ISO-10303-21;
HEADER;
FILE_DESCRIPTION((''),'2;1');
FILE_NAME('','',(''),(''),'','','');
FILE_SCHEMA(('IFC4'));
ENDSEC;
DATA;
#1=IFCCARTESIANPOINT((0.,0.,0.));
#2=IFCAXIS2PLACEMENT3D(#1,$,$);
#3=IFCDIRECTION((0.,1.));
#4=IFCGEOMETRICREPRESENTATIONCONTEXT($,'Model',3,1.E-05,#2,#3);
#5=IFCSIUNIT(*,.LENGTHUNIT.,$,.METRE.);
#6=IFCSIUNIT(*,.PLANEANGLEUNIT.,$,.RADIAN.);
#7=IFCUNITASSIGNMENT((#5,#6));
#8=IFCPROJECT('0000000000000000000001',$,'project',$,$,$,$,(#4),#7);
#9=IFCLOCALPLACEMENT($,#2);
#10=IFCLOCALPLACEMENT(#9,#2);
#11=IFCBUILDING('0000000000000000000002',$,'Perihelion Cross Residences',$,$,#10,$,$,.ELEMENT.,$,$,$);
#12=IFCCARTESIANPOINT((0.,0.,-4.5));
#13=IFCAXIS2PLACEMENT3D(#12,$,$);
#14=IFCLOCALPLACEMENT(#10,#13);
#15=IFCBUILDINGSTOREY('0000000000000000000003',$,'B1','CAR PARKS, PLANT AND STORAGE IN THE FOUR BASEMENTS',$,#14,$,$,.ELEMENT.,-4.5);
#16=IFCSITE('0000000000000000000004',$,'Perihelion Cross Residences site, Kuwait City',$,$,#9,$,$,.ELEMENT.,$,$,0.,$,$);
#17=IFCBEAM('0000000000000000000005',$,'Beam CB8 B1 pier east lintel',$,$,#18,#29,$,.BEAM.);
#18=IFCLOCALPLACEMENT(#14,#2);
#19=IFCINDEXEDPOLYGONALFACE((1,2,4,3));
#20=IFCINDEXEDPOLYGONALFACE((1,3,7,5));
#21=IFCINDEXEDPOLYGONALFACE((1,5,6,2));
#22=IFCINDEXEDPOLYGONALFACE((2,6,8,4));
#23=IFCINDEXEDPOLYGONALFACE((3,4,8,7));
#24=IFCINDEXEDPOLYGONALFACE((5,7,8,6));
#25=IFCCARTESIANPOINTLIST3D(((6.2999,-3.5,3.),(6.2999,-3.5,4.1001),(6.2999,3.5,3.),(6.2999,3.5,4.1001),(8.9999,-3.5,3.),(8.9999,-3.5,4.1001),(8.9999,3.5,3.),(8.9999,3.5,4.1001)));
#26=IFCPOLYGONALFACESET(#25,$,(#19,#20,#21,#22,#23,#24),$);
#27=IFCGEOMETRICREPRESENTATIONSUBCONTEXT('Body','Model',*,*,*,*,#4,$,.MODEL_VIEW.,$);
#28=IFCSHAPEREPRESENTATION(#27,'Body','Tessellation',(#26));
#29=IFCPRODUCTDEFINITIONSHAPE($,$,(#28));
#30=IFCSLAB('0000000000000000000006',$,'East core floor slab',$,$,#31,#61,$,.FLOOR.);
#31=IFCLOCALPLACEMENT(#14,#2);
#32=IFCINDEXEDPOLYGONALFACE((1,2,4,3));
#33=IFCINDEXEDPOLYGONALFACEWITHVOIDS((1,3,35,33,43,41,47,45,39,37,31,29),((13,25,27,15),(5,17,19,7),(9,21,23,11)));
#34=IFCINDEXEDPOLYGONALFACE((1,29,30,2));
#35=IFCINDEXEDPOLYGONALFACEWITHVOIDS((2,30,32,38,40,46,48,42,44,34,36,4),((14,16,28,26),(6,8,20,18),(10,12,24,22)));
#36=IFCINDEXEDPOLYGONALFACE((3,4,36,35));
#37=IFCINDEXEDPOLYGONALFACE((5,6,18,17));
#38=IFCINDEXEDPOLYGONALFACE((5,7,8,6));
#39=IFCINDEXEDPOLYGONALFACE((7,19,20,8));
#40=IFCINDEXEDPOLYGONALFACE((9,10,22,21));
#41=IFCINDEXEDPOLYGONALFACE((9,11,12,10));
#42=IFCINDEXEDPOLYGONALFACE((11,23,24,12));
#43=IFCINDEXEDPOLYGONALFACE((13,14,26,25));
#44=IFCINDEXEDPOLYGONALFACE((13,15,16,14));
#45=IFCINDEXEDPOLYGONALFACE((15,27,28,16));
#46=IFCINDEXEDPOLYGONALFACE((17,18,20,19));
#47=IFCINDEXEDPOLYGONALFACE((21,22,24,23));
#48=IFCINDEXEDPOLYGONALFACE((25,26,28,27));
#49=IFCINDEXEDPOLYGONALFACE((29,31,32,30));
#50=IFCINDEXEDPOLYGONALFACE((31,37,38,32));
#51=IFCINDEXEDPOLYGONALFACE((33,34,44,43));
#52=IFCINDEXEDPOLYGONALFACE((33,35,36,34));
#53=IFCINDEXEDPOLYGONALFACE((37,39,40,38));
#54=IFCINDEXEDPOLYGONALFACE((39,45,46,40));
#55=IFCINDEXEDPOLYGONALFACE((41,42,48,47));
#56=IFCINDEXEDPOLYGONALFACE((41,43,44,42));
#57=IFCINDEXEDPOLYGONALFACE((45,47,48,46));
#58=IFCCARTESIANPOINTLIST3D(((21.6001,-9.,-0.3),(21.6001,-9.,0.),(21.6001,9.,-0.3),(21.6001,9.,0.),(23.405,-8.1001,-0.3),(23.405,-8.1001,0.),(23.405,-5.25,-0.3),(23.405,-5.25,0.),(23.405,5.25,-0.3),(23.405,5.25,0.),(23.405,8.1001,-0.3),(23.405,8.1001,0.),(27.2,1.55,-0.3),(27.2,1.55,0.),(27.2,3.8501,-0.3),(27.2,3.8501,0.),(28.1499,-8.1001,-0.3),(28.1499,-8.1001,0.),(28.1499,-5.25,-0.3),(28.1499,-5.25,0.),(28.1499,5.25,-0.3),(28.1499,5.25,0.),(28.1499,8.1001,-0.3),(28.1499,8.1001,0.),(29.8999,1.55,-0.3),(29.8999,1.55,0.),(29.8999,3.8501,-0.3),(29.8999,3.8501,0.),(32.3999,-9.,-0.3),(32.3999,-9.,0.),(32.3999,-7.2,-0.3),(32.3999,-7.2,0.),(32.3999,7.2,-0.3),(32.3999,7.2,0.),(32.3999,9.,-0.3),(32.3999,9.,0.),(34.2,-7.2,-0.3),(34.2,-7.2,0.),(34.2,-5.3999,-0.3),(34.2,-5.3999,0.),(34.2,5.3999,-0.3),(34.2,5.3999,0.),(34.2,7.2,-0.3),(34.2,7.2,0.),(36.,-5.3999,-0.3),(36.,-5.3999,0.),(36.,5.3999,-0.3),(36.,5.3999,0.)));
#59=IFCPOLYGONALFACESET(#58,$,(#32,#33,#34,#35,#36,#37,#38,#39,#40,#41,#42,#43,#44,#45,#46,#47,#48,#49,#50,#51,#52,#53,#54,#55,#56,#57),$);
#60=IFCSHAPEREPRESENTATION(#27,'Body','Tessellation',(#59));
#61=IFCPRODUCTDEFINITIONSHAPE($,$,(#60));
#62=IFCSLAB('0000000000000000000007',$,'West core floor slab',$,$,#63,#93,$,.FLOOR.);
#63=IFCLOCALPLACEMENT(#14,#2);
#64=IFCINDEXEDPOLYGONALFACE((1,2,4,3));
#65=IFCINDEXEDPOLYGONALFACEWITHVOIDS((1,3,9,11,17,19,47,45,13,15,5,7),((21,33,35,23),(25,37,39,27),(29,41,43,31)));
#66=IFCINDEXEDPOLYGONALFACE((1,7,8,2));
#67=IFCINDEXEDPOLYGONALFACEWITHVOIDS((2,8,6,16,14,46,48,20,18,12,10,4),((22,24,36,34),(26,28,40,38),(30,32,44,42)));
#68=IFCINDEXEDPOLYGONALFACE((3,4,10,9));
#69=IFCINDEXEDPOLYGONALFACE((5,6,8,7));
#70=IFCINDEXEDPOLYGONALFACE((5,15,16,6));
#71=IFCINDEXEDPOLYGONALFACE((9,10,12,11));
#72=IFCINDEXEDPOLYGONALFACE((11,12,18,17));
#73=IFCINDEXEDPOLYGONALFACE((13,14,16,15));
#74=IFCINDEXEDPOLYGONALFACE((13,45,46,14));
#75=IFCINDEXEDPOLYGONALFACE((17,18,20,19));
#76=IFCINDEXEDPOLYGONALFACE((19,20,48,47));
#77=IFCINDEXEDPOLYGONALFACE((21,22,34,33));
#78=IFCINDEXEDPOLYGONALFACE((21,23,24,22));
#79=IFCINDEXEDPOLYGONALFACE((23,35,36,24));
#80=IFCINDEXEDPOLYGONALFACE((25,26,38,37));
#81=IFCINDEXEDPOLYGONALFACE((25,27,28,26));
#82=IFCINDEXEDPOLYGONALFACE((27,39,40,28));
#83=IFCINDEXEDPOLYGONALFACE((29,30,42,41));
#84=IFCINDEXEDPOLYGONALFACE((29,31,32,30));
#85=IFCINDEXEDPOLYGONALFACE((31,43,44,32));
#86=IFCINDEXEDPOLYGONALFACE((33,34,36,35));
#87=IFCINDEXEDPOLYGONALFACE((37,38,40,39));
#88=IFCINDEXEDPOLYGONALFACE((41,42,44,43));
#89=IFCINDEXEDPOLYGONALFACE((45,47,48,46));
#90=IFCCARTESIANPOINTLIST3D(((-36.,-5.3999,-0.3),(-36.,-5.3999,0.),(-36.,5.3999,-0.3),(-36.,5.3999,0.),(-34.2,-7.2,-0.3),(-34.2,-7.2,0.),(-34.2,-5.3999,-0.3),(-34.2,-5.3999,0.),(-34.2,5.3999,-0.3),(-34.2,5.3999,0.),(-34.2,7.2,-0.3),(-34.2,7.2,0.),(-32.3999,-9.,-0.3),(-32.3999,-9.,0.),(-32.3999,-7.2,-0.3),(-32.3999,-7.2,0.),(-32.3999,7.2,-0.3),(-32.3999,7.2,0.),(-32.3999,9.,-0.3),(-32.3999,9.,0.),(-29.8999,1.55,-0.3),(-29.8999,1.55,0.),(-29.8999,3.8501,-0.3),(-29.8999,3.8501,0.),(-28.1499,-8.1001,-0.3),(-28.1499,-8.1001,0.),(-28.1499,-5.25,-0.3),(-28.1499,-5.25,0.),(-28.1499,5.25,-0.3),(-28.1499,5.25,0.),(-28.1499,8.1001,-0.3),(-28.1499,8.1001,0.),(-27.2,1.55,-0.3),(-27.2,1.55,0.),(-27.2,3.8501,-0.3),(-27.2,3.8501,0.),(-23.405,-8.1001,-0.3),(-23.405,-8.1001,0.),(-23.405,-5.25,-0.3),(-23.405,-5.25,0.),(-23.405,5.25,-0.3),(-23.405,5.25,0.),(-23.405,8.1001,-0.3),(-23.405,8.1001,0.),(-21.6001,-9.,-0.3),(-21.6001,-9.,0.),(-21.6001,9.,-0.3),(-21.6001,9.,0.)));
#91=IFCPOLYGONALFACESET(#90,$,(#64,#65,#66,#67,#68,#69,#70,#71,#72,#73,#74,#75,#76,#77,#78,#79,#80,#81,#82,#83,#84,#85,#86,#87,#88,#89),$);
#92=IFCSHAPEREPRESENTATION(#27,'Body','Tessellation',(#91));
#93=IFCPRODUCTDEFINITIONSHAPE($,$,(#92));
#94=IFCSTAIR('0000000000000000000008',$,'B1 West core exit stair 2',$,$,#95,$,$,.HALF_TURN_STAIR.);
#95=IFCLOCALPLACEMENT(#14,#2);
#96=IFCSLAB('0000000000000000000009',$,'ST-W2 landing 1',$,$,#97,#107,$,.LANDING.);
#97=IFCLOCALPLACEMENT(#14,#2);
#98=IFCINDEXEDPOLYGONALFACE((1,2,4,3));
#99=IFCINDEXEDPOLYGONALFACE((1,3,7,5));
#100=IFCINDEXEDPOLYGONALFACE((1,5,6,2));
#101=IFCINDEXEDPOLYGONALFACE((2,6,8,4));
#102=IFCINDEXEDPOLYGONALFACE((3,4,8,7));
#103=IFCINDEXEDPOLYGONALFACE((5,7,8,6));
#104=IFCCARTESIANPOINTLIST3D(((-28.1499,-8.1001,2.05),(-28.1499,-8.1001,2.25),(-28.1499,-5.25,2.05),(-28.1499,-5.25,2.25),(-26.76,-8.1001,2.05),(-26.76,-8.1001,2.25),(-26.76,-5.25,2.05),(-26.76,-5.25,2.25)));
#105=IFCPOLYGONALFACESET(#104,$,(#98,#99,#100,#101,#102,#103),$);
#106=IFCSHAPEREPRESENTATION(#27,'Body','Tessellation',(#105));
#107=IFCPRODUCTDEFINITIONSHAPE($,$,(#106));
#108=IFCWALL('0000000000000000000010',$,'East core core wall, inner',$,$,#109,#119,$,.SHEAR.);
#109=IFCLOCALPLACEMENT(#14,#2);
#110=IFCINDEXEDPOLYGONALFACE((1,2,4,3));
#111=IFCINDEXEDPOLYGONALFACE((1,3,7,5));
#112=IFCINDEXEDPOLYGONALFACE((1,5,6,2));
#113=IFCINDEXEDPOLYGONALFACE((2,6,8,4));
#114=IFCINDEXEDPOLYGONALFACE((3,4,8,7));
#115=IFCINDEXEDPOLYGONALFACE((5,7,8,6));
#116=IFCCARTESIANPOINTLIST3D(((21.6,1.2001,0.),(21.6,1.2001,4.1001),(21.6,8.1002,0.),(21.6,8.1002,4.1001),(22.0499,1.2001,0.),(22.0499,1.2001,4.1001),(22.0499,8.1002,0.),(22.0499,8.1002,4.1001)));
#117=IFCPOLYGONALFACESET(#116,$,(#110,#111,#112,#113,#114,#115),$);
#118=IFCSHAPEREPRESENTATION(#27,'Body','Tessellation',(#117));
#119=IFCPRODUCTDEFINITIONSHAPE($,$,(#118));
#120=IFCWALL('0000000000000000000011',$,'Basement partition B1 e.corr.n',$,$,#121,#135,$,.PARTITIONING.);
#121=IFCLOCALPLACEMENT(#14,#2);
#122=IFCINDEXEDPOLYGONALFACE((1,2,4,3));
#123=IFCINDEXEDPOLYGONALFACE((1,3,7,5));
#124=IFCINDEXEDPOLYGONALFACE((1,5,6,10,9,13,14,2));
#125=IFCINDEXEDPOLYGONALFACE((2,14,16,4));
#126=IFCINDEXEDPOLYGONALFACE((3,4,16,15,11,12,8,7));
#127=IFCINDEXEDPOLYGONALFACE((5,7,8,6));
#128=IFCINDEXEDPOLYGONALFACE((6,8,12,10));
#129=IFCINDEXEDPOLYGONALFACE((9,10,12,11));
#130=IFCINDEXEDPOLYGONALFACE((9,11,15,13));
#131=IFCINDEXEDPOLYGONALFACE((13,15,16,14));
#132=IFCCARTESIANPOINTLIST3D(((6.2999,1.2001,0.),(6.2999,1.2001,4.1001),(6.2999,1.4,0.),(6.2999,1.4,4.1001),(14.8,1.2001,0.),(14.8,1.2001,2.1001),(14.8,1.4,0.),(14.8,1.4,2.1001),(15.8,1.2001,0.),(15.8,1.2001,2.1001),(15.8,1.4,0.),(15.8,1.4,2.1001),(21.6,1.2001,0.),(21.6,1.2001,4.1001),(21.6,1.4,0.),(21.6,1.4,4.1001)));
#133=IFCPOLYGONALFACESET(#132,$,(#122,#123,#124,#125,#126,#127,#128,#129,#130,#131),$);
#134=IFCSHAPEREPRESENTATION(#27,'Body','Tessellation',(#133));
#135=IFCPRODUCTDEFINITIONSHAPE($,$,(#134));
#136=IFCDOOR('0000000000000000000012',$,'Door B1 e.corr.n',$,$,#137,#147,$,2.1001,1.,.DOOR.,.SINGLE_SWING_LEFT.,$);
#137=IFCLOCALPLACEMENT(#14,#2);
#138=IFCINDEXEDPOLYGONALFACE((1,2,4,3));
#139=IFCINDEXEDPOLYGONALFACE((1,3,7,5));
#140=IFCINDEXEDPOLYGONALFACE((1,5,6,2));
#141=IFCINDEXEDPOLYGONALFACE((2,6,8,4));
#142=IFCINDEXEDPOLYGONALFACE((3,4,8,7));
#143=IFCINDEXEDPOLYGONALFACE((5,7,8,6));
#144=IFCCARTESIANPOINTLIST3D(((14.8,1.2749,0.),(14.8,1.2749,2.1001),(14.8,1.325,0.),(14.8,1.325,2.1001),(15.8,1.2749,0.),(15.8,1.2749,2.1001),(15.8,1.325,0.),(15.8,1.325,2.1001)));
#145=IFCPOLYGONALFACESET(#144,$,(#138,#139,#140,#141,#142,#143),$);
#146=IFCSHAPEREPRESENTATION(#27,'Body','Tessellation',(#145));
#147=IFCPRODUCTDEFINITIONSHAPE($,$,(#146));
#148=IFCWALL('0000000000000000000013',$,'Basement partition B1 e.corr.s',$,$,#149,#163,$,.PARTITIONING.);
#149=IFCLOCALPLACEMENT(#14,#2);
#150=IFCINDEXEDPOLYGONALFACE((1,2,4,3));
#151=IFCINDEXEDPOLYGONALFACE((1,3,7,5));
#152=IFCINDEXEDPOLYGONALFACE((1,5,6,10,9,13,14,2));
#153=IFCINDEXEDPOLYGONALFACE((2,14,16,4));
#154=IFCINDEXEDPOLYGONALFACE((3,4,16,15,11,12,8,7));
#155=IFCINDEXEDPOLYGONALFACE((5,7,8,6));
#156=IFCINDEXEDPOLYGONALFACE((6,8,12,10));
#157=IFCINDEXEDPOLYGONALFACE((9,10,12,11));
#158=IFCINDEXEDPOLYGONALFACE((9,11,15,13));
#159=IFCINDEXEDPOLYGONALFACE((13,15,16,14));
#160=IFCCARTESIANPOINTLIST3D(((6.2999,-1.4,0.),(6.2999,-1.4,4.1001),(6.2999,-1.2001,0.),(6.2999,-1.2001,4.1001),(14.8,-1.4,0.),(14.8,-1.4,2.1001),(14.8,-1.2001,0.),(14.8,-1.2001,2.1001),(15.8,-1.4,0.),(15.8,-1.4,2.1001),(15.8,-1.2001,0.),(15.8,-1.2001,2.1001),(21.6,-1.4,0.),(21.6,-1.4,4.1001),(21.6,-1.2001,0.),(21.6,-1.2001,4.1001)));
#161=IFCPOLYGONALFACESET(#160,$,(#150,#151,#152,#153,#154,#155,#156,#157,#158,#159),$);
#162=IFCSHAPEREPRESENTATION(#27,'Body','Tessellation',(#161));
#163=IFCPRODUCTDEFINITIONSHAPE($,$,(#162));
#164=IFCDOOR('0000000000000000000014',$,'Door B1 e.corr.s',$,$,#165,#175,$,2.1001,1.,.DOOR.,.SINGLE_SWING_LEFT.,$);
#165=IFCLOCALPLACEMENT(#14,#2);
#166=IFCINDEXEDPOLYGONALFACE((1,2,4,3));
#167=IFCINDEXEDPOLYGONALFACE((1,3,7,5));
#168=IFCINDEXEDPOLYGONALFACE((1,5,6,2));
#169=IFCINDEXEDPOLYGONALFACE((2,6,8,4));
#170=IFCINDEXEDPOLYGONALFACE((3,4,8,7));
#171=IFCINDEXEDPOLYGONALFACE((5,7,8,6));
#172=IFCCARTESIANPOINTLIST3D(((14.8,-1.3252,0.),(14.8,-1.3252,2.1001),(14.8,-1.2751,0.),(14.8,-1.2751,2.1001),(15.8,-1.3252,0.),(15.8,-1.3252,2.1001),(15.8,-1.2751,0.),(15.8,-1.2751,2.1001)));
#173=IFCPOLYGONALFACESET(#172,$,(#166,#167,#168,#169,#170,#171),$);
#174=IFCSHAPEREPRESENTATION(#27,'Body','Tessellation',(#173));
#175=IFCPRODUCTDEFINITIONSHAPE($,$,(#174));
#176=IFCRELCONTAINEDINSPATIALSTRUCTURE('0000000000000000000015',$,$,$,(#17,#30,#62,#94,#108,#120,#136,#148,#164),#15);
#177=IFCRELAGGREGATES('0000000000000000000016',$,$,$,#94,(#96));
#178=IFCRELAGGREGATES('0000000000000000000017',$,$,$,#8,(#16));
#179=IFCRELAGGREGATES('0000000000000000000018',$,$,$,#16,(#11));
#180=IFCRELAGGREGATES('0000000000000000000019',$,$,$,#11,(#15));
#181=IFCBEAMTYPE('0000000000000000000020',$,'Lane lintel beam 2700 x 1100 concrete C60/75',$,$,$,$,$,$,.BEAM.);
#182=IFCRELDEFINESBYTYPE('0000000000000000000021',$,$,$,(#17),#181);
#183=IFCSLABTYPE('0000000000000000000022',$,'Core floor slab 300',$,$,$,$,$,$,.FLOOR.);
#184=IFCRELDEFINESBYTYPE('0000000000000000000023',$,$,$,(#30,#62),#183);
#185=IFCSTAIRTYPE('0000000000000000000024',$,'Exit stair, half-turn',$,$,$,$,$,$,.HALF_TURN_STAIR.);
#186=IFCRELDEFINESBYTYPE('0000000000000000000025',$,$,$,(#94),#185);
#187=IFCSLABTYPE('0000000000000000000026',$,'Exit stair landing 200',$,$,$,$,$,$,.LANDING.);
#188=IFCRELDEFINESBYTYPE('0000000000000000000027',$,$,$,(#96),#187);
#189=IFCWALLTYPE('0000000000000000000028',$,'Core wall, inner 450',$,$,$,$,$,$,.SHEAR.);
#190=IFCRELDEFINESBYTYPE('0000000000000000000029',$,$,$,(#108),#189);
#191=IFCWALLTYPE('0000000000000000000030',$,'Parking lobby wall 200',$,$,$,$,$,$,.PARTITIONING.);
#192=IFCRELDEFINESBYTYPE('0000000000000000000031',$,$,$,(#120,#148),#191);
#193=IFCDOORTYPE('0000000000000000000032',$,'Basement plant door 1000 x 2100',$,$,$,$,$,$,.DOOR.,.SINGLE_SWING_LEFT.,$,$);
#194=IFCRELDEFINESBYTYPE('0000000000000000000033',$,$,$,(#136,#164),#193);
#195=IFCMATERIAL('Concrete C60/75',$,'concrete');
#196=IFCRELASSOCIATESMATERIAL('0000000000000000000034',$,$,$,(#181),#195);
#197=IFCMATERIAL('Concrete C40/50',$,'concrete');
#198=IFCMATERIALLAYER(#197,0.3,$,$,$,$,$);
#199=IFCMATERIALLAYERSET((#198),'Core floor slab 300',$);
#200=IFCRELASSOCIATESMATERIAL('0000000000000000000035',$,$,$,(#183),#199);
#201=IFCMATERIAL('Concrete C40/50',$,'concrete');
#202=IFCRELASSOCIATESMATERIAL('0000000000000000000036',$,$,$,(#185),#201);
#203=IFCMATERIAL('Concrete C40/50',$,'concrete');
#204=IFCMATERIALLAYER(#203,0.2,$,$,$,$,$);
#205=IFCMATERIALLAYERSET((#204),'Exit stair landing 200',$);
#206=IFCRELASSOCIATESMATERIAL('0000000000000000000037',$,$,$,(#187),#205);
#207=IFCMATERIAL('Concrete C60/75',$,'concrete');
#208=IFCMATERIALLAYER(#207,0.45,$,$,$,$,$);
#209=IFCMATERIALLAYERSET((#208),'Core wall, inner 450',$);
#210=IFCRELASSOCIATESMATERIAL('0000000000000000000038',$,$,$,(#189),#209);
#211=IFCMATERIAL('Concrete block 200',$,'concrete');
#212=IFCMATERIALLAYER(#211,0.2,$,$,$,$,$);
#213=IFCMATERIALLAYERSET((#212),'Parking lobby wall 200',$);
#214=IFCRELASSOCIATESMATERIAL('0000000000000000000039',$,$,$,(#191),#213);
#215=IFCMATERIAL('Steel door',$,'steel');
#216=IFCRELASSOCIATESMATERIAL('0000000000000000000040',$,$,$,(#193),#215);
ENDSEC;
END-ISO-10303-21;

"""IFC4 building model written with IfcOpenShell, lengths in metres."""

from ifc_helpers import new_model, si_unit, direction, frame, frame_2d, origin, origin_2d, place, context, subcontext, project, spatial, polyline, rectangle, outline, extrude, material, layer, layer_set, material_profile, profile_set, type_object, element, fill, aggregate, save


model = new_model("IFC4")

# Units and contexts
model_context = context("Model", 3, precision=1e-05, world=origin(), true_north=direction((0.0, 1.0)))
body_context = subcontext(model_context, "Body", "Model", "MODEL_VIEW")
ifc_project = project(units=[si_unit("LENGTHUNIT", "METRE"), si_unit("PLANEANGLEUNIT", "RADIAN")], contexts=[model_context])

# Site, building, storey
site_placement = place(None, origin())
site = spatial("IfcSite", under=ifc_project, at=site_placement, Name="Perihelion Cross Residences site, Kuwait City", CompositionType="ELEMENT", RefElevation=0.0)
building_placement = place(site_placement, origin())
building = spatial("IfcBuilding", under=site, at=building_placement, Name="Perihelion Cross Residences", CompositionType="ELEMENT")
storey_placement = place(building_placement, frame((0.0, 0.0, -4.5)))
storey = spatial("IfcBuildingStorey", under=building, at=storey_placement, Name="B1", Description="CAR PARKS, PLANT AND STORAGE IN THE FOUR BASEMENTS", CompositionType="ELEMENT", Elevation=-4.5)

# Beam
ifc_material_1 = material(Name="Concrete C60/75", Category="concrete")
ifc_material_profile_1 = material_profile(ifc_material_1, rectangle(XDim=2.7, YDim=1.1001, at=origin_2d()), Name="Lane lintel beam 2700 x 1100 concrete C60/75")
ifc_profile_set_1 = profile_set([ifc_material_profile_1], Name="Concrete C60/75")
beam_type = type_object("IfcBeamType", Name="Lane lintel beam 2700 x 1100 concrete C60/75", PredefinedType="BEAM", material=ifc_profile_set_1)
beam_placement = place(storey_placement, frame((7.6499, -3.5, 3.55), z_axis=(0.0, 1.0, 0.0), x_axis=(-1.0, 0.0, 0.0)))
element("IfcBeam", 1, at=beam_placement, inside=storey, type_object=beam_type, Name="Beam CB8 B1 pier east lintel", PredefinedType="BEAM", context=body_context, shape_type="SweptSolid", body=[
    extrude(rectangle(XDim=2.7, YDim=1.1001, at=origin_2d()), origin(), (0.0, 0.0, 1.0), 7.0),
])

# Slabs
ifc_material_2 = material(Name="Concrete C40/50", Category="concrete")
ifc_layer_1 = layer(ifc_material_2, 0.3)
ifc_layer_set_1 = layer_set([ifc_layer_1], Name="Core floor slab 300")
slab_type_1 = type_object("IfcSlabType", Name="Core floor slab 300", PredefinedType="FLOOR", material=ifc_layer_set_1)
slab_1_placement = place(storey_placement, frame((0.0, 0.0, -0.3)))
element("IfcSlab", 2, at=slab_1_placement, inside=storey, type_object=slab_type_1, Name="East core floor slab", PredefinedType="FLOOR", context=body_context, shape_type="SweptSolid", body=[
    extrude(outline(polyline([(32.3999, 7.2), (34.2, 7.2), (34.2, 5.3999), (36.0, 5.3999), (36.0, -5.3999), (34.2, -5.3999), (34.2, -7.2), (32.3999, -7.2), (32.3999, -9.0), (21.6001, -9.0), (21.6001, 9.0), (32.3999, 9.0), (32.3999, 7.2)]), holes=[polyline([(28.1499, -5.25), (23.405, -5.25), (23.405, -8.1001), (28.1499, -8.1001), (28.1499, -5.25)]), polyline([(27.2, 1.55), (29.8999, 1.55), (29.8999, 3.8501), (27.2, 3.8501), (27.2, 1.55)]), polyline([(28.1499, 5.25), (28.1499, 8.1001), (23.405, 8.1001), (23.405, 5.25), (28.1499, 5.25)])]), origin(), (0.0, 0.0, 1.0), 0.3),
])
slab_2_placement = place(storey_placement, frame((0.0, 0.0, -0.3)))
element("IfcSlab", 3, at=slab_2_placement, inside=storey, type_object=slab_type_1, Name="West core floor slab", PredefinedType="FLOOR", context=body_context, shape_type="SweptSolid", body=[
    extrude(outline(polyline([(-32.3999, 7.2), (-34.2, 7.2), (-34.2, 5.3999), (-36.0, 5.3999), (-36.0, -5.3999), (-34.2, -5.3999), (-34.2, -7.2), (-32.3999, -7.2), (-32.3999, -9.0), (-21.6001, -9.0), (-21.6001, 9.0), (-32.3999, 9.0), (-32.3999, 7.2)]), holes=[polyline([(-28.1499, -5.25), (-23.405, -5.25), (-23.405, -8.1001), (-28.1499, -8.1001), (-28.1499, -5.25)]), polyline([(-27.2, 1.55), (-29.8999, 1.55), (-29.8999, 3.8501), (-27.2, 3.8501), (-27.2, 1.55)]), polyline([(-28.1499, 5.25), (-28.1499, 8.1001), (-23.405, 8.1001), (-23.405, 5.25), (-28.1499, 5.25)])]), origin(), (0.0, 0.0, 1.0), 0.3),
])

# Stair, slab
ifc_material_3 = material(Name="Concrete C40/50", Category="concrete")
stair_type = type_object("IfcStairType", Name="Exit stair, half-turn", PredefinedType="HALF_TURN_STAIR", material=ifc_material_3)
stair_placement = place(storey_placement, origin())
stair = element("IfcStair", 4, at=stair_placement, inside=storey, type_object=stair_type, Name="B1 West core exit stair 2", PredefinedType="HALF_TURN_STAIR")
ifc_material_4 = material(Name="Concrete C40/50", Category="concrete")
ifc_layer_2 = layer(ifc_material_4, 0.2)
ifc_layer_set_2 = layer_set([ifc_layer_2], Name="Exit stair landing 200")
slab_type_2 = type_object("IfcSlabType", Name="Exit stair landing 200", PredefinedType="LANDING", material=ifc_layer_set_2)
slab_3_placement = place(storey_placement, frame((0.0, 0.0, 2.05)))
slab_3 = element("IfcSlab", 5, at=slab_3_placement, type_object=slab_type_2, Name="ST-W2 landing 1", PredefinedType="LANDING", context=body_context, shape_type="SweptSolid", body=[
    extrude(outline(polyline([(-26.76, -5.25), (-28.1499, -5.25), (-28.1499, -8.1001), (-26.76, -8.1001), (-26.76, -5.25)])), origin(), (0.0, 0.0, 1.0), 0.2),
])
aggregate(stair, [slab_3])

# Wall
ifc_material_5 = material(Name="Concrete C60/75", Category="concrete")
ifc_layer_3 = layer(ifc_material_5, 0.45)
ifc_layer_set_3 = layer_set([ifc_layer_3], Name="Core wall, inner 450")
wall_type_1 = type_object("IfcWallType", Name="Core wall, inner 450", PredefinedType="SHEAR", material=ifc_layer_set_3)
wall_1_placement = place(storey_placement, frame((21.825, 1.2, 0.0), z_axis=(0.0, 0.0, 1.0), x_axis=(0.0, 1.0, 0.0)))
element("IfcWall", 6, at=wall_1_placement, inside=storey, type_object=wall_type_1, Name="East core core wall, inner", PredefinedType="SHEAR", context=body_context, shape_type="SweptSolid", body=[
    extrude(rectangle(XDim=6.9001, YDim=0.45, at=frame_2d((3.4502, 0.0))), origin(), (0.0, 0.0, 1.0), 4.1001),
])

# Walls, openings, doors
ifc_material_6 = material(Name="Concrete block 200", Category="concrete")
ifc_layer_4 = layer(ifc_material_6, 0.2)
ifc_layer_set_4 = layer_set([ifc_layer_4], Name="Parking lobby wall 200")
wall_type_2 = type_object("IfcWallType", Name="Parking lobby wall 200", PredefinedType="PARTITIONING", material=ifc_layer_set_4)
wall_2_placement = place(storey_placement, frame((6.3, 1.3, 0.0), z_axis=(0.0, 0.0, 1.0), x_axis=(1.0, 0.0, 0.0)))
wall_2 = element("IfcWall", 7, at=wall_2_placement, inside=storey, type_object=wall_type_2, Name="Basement partition B1 e.corr.n", PredefinedType="PARTITIONING", context=body_context, shape_type="SweptSolid", body=[
    extrude(rectangle(XDim=15.3, YDim=0.2, at=frame_2d((7.6499, 0.0))), origin(), (0.0, 0.0, 1.0), 4.1001),
])
opening_1_placement = place(wall_2_placement, frame((8.5, 0.0, 0.0)))
opening_1 = element("IfcOpeningElement", 8, at=opening_1_placement, cuts=wall_2, PredefinedType="OPENING", context=body_context, shape_type="SweptSolid", body=[
    extrude(rectangle(XDim=1.0, YDim=2.1001, at=frame_2d((0.5, 1.05))), frame((0.0, 0.1099, 0.0), z_axis=(0.0, -1.0, 0.0), x_axis=(1.0, 0.0, 0.0)), (0.0, 0.0, 1.0), 0.22),
])
ifc_material_7 = material(Name="Steel door", Category="steel")
door_type_1 = type_object("IfcDoorType", Name="Basement plant door 1000 x 2100", OperationType="SINGLE_SWING_LEFT", PredefinedType="DOOR", material=ifc_material_7)
door_1_placement = place(opening_1_placement, origin())
door_1 = element("IfcDoor", 9, at=door_1_placement, inside=storey, type_object=door_type_1, Name="Door B1 e.corr.n", OperationType="SINGLE_SWING_LEFT", OverallHeight=2.1001, OverallWidth=1.0, PredefinedType="DOOR", context=body_context, shape_type="SweptSolid", body=[
    extrude(rectangle(XDim=1.0, YDim=2.1001, at=frame_2d((0.5, 1.05))), frame((0.0, 0.0249, 0.0), z_axis=(0.0, -1.0, 0.0), x_axis=(1.0, 0.0, 0.0)), (0.0, 0.0, 1.0), 0.05),
])
fill(opening_1, door_1)
wall_3_placement = place(storey_placement, frame((6.3, -1.3, 0.0), z_axis=(0.0, 0.0, 1.0), x_axis=(1.0, 0.0, 0.0)))
wall_3 = element("IfcWall", 10, at=wall_3_placement, inside=storey, type_object=wall_type_2, Name="Basement partition B1 e.corr.s", PredefinedType="PARTITIONING", context=body_context, shape_type="SweptSolid", body=[
    extrude(rectangle(XDim=15.3, YDim=0.2, at=frame_2d((7.6499, 0.0))), origin(), (0.0, 0.0, 1.0), 4.1001),
])
opening_2_placement = place(wall_3_placement, frame((8.5, 0.0, 0.0)))
opening_2 = element("IfcOpeningElement", 11, at=opening_2_placement, cuts=wall_3, PredefinedType="OPENING", context=body_context, shape_type="SweptSolid", body=[
    extrude(rectangle(XDim=1.0, YDim=2.1001, at=frame_2d((0.5, 1.05))), frame((0.0, 0.1099, 0.0), z_axis=(0.0, -1.0, 0.0), x_axis=(1.0, 0.0, 0.0)), (0.0, 0.0, 1.0), 0.22),
])
door_2_placement = place(opening_2_placement, origin())
door_2 = element("IfcDoor", 12, at=door_2_placement, inside=storey, type_object=door_type_1, Name="Door B1 e.corr.s", OperationType="SINGLE_SWING_LEFT", OverallHeight=2.1001, OverallWidth=1.0, PredefinedType="DOOR", context=body_context, shape_type="SweptSolid", body=[
    extrude(rectangle(XDim=1.0, YDim=2.1001, at=frame_2d((0.5, 1.05))), frame((0.0, 0.0249, 0.0), z_axis=(0.0, -1.0, 0.0), x_axis=(1.0, 0.0, 0.0)), (0.0, 0.0, 1.0), 0.05),
])
fill(opening_2, door_2)

save(model, "model.ifc")
